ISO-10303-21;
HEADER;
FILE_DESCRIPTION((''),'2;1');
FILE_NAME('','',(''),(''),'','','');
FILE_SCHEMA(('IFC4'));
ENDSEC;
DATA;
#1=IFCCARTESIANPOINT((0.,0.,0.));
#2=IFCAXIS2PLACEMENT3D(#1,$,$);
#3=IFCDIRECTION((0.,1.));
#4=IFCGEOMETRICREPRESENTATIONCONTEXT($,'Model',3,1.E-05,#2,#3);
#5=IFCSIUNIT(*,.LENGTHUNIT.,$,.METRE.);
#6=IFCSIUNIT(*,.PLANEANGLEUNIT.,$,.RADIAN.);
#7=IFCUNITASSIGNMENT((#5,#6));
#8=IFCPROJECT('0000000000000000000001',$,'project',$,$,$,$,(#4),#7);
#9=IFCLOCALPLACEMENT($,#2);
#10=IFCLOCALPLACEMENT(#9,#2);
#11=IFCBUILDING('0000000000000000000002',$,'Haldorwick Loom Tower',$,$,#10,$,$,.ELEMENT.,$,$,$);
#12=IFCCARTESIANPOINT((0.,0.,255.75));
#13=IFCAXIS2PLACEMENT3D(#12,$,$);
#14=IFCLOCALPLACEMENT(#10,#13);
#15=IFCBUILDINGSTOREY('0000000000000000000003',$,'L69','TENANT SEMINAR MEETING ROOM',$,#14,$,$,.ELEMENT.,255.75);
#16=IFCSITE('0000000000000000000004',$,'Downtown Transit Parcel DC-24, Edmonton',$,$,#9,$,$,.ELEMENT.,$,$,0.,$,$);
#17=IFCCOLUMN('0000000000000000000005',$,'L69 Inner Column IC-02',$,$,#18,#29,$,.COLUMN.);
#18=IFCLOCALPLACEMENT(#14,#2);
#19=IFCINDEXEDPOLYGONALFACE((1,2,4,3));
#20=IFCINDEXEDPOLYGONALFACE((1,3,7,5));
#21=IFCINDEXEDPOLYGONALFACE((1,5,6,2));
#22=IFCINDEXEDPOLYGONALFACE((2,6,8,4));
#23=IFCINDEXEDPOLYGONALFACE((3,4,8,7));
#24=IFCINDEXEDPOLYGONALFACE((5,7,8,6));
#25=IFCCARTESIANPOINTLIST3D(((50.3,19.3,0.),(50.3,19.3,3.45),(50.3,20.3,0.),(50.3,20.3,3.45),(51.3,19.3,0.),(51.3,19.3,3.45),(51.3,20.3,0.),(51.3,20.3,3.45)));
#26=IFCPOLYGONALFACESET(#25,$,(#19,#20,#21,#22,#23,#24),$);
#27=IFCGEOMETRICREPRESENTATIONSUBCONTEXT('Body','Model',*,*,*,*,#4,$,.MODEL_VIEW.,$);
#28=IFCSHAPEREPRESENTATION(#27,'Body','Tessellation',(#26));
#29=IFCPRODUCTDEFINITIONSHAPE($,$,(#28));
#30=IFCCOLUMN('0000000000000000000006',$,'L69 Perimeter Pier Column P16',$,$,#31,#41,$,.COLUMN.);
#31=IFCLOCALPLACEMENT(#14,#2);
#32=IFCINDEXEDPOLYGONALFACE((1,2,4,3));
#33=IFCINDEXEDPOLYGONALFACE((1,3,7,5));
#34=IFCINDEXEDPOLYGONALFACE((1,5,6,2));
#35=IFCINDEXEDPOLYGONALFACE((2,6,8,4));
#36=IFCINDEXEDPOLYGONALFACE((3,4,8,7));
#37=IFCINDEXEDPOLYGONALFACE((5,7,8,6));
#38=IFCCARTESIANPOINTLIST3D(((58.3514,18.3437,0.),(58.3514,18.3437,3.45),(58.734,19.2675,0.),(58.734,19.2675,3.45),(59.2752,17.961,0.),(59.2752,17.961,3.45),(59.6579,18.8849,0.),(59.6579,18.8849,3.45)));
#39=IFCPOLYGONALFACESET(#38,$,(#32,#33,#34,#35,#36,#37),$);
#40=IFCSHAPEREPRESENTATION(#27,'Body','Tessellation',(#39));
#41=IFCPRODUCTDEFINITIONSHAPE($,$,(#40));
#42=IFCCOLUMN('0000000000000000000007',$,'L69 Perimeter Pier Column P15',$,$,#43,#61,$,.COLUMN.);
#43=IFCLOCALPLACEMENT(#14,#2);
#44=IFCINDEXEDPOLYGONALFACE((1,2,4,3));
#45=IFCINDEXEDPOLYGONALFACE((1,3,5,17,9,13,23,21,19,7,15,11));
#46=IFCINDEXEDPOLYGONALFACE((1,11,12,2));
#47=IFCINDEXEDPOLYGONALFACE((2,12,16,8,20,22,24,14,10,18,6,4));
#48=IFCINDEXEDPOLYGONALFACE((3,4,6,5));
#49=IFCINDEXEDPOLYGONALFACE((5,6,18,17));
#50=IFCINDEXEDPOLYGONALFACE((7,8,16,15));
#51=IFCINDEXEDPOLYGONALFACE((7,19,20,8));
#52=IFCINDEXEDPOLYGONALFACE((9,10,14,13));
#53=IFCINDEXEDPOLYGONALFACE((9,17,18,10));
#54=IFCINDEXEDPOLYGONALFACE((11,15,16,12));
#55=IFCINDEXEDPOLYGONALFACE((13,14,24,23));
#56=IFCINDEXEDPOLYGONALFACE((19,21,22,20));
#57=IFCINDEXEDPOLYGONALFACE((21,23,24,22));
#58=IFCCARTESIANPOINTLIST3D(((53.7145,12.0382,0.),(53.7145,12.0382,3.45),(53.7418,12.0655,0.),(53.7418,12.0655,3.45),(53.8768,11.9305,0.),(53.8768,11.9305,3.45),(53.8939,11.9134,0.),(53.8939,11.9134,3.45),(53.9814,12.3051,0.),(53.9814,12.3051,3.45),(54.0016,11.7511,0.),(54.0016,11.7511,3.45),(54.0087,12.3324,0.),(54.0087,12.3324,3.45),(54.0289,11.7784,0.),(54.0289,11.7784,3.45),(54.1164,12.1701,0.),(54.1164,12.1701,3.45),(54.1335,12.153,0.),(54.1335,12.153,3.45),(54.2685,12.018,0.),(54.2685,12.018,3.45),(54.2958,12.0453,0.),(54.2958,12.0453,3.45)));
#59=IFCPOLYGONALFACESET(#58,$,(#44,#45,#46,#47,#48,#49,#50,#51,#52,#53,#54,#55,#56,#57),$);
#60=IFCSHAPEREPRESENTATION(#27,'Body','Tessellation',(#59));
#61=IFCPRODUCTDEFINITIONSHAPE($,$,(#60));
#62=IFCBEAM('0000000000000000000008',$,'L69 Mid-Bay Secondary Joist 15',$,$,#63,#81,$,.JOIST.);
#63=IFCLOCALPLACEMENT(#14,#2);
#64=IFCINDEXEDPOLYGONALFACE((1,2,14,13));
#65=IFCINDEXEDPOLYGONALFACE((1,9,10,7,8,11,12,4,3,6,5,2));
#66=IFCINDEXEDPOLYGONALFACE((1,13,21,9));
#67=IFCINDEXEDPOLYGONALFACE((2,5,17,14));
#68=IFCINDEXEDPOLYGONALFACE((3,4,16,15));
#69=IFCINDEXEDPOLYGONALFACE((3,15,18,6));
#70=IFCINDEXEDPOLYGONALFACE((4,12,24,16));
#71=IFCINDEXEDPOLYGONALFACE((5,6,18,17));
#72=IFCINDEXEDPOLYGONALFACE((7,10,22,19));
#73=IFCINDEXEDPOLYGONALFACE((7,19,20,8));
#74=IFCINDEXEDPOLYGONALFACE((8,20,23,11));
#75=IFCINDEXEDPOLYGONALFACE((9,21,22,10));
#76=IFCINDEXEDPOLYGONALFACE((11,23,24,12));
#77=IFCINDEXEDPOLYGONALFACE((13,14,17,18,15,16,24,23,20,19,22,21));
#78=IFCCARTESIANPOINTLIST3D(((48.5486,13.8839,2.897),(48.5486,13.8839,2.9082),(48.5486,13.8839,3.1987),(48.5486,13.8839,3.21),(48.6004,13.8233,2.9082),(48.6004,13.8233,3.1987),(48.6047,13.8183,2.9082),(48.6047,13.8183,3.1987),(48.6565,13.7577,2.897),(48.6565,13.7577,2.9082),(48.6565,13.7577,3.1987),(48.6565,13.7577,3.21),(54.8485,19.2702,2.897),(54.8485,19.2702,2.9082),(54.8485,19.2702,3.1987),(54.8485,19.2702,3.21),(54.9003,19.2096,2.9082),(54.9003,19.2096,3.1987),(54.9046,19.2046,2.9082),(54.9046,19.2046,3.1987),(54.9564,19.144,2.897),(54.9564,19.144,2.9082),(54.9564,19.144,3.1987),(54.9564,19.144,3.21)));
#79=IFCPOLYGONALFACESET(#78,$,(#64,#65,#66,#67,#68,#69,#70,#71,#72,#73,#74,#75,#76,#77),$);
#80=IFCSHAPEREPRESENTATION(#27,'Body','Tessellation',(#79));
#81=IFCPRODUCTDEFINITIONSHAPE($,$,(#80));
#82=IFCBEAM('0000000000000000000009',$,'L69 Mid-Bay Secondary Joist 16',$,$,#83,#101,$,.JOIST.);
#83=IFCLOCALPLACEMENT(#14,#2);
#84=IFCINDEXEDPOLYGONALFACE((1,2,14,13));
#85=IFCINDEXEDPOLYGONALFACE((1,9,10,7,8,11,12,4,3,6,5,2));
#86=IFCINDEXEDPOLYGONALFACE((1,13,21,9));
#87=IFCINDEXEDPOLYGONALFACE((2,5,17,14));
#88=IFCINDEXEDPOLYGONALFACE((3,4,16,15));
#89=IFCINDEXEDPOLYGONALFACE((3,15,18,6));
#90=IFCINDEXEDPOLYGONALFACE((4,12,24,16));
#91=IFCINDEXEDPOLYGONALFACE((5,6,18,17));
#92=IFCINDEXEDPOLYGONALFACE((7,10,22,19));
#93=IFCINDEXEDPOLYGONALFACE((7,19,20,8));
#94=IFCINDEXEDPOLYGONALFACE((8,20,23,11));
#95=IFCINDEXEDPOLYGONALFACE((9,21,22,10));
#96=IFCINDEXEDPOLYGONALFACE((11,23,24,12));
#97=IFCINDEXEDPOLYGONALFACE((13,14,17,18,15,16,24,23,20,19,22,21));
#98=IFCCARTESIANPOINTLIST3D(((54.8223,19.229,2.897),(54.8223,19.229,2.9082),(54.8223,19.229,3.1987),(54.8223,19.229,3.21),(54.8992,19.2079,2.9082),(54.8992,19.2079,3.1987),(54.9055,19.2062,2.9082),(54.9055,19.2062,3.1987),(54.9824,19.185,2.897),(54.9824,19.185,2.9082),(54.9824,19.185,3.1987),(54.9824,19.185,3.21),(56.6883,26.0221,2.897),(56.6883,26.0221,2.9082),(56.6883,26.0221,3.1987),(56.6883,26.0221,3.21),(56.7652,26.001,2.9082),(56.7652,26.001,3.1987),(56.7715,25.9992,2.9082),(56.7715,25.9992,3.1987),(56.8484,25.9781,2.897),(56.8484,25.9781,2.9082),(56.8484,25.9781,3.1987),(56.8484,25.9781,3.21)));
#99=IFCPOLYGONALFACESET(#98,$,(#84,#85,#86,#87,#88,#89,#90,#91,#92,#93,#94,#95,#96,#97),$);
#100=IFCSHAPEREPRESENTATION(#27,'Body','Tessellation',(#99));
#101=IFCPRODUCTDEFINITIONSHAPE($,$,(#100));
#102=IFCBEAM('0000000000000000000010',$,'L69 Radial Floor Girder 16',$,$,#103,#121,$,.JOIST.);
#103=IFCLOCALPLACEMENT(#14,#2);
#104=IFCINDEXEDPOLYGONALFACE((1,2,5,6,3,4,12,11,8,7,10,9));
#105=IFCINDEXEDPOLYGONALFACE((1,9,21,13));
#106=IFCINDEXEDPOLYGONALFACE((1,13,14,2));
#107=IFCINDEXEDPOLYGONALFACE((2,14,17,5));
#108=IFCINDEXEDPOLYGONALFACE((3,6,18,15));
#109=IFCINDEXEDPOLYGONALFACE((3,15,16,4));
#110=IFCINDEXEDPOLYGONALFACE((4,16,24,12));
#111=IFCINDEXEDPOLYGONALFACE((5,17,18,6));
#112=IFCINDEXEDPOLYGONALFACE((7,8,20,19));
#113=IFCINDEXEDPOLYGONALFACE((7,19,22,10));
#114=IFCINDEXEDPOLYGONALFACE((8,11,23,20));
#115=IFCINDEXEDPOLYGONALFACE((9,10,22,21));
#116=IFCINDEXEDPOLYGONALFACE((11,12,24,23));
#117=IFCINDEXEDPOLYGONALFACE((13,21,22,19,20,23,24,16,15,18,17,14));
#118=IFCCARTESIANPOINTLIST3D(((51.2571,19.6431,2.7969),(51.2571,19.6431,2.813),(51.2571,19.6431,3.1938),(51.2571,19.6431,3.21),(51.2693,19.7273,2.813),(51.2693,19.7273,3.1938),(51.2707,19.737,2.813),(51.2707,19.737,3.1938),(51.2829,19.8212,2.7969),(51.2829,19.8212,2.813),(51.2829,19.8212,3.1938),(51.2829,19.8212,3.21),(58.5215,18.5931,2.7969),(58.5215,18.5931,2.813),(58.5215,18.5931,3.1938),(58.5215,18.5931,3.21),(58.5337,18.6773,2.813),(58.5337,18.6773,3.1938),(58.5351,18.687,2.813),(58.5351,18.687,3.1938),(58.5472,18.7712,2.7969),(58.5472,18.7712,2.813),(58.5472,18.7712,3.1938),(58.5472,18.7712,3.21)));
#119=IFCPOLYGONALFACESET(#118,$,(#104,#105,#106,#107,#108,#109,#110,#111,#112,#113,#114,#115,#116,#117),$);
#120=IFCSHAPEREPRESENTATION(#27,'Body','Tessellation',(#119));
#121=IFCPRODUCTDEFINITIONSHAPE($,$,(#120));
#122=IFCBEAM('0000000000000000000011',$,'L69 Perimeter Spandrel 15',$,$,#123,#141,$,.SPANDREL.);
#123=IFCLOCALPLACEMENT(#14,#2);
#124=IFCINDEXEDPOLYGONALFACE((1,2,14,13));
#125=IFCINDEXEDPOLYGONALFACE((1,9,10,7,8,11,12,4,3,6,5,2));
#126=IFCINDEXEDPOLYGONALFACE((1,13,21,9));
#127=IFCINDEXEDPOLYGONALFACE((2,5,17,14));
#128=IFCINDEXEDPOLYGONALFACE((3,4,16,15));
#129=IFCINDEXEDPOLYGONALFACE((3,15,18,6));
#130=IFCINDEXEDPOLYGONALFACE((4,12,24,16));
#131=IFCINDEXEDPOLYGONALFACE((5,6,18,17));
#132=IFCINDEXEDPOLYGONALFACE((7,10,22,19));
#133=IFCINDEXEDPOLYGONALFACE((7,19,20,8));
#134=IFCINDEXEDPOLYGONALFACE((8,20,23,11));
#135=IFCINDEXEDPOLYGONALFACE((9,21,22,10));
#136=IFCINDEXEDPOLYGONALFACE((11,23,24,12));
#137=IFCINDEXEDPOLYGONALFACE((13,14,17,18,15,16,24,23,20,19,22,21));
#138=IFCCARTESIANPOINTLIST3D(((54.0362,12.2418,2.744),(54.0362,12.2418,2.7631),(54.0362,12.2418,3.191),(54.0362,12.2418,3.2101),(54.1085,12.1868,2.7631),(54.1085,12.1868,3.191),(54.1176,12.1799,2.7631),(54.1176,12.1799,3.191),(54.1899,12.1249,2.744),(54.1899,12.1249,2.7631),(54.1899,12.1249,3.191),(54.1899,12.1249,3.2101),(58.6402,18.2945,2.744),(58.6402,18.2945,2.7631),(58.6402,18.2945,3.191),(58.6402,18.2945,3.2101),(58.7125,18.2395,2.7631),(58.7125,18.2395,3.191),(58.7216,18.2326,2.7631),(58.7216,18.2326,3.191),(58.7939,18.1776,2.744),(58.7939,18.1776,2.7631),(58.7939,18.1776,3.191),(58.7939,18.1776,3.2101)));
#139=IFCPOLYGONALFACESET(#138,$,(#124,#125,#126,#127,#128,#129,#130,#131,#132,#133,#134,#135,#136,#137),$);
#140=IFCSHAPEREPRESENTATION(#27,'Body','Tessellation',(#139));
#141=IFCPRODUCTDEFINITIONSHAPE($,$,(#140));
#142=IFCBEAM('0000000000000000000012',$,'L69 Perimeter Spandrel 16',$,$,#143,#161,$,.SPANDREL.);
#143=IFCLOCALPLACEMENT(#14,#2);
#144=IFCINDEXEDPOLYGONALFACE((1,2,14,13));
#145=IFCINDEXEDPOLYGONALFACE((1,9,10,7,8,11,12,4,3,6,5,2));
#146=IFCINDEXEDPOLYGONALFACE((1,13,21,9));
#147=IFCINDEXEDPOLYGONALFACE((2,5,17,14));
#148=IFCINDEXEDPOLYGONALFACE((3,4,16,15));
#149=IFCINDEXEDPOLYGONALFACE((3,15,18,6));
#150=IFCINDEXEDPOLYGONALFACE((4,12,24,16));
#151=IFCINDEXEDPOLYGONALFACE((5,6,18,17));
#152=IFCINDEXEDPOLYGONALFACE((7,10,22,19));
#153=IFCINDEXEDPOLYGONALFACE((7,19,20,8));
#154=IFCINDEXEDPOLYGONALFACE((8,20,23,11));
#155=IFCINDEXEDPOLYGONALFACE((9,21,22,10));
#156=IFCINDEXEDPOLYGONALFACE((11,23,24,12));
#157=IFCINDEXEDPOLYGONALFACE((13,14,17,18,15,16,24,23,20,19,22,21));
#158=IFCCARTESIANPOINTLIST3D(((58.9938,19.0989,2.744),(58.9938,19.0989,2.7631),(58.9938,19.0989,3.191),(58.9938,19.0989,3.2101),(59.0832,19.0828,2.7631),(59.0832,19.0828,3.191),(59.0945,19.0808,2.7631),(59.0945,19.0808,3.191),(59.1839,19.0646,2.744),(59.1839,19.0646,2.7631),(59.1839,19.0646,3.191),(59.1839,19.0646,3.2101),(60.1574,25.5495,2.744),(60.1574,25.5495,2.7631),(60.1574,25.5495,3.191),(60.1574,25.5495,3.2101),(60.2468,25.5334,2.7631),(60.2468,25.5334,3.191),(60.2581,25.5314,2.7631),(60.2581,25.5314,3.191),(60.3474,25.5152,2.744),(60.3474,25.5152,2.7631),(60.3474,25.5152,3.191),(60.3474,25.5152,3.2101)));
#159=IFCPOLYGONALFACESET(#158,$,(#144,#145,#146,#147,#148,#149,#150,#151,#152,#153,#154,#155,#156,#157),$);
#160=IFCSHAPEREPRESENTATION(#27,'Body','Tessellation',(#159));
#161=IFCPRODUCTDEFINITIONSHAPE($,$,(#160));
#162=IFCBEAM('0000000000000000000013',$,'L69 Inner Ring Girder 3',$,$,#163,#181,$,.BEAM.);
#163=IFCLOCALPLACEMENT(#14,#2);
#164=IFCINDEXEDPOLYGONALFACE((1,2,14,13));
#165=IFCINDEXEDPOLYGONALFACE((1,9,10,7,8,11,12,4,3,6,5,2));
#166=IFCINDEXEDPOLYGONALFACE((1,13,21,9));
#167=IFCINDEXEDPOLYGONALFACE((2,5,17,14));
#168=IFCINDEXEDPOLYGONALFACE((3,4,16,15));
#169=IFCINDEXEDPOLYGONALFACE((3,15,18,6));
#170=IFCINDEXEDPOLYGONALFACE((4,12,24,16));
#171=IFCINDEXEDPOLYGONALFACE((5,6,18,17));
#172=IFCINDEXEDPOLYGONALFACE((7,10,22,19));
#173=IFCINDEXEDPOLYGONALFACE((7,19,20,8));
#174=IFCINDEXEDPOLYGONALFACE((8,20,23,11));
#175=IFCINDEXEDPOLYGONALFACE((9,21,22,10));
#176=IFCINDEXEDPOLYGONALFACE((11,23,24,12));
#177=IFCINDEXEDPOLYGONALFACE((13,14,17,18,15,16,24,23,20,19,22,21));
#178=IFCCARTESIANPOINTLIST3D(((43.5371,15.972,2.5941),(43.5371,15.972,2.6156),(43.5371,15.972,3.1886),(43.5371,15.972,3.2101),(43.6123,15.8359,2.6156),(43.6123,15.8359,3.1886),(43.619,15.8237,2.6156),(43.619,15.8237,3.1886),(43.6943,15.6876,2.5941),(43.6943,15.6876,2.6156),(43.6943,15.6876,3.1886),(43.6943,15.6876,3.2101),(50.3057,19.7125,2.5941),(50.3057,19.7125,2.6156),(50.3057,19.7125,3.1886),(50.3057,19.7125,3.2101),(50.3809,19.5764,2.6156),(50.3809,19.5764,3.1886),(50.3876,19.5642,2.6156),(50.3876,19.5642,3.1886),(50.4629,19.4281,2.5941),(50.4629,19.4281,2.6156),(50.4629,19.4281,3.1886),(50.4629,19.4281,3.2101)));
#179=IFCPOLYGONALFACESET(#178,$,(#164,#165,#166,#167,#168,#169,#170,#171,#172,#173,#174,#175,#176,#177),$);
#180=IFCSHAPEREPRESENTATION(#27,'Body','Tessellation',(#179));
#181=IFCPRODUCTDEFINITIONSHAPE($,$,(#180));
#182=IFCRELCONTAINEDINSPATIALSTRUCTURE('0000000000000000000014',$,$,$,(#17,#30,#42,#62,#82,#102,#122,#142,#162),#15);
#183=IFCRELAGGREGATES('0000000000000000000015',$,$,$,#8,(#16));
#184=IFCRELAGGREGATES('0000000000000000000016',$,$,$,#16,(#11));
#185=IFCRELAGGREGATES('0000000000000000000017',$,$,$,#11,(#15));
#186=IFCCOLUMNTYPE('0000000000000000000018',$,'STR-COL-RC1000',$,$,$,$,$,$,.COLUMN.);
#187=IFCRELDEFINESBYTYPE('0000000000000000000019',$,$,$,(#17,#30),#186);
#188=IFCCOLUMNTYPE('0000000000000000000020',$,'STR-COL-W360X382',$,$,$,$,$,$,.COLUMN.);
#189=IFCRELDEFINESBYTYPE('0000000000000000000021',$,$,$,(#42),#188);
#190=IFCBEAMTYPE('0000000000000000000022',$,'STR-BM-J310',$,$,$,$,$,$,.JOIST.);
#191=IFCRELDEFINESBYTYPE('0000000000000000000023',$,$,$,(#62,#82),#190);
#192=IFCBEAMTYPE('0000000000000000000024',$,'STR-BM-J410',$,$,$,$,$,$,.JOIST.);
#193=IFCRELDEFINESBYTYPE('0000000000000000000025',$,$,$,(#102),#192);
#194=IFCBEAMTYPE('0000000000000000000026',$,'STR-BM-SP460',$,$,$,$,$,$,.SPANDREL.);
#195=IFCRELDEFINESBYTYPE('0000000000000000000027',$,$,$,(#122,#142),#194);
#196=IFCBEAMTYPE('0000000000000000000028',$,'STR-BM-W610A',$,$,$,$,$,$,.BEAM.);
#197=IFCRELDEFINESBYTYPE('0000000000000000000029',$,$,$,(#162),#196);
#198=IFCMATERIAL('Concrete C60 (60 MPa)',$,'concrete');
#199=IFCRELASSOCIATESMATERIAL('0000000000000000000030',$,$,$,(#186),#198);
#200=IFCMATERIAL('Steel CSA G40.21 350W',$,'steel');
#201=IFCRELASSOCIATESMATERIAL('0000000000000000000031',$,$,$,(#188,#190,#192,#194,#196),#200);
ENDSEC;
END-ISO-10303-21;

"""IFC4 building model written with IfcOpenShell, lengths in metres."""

from ifc_helpers import new_model, si_unit, direction, frame, origin, origin_2d, place, context, subcontext, project, spatial, rectangle, i_section, extrude, material, material_profile, profile_set, type_object, element, save


model = new_model("IFC4")

# Units and contexts
model_context = context("Model", 3, precision=1e-05, world=origin(), true_north=direction((0.0, 1.0)))
body_context = subcontext(model_context, "Body", "Model", "MODEL_VIEW")
ifc_project = project(units=[si_unit("LENGTHUNIT", "METRE"), si_unit("PLANEANGLEUNIT", "RADIAN")], contexts=[model_context])

# Site, building, storey
site_placement = place(None, origin())
site = spatial("IfcSite", under=ifc_project, at=site_placement, Name="Downtown Transit Parcel DC-24, Edmonton", CompositionType="ELEMENT", RefElevation=0.0)
building_placement = place(site_placement, origin())
building = spatial("IfcBuilding", under=site, at=building_placement, Name="Haldorwick Loom Tower", CompositionType="ELEMENT")
storey_placement = place(building_placement, frame((0.0, 0.0, 255.75)))
storey = spatial("IfcBuildingStorey", under=building, at=storey_placement, Name="L69", Description="TENANT SEMINAR MEETING ROOM", CompositionType="ELEMENT", Elevation=255.75)

# Columns
ifc_material_1 = material(Name="Concrete C60 (60 MPa)", Category="concrete")
ifc_material_profile_1 = material_profile(ifc_material_1, rectangle(XDim=1.0, YDim=1.0, at=origin_2d()), Name="RC1000X1000", Category="concrete")
ifc_profile_set_1 = profile_set([ifc_material_profile_1], Name="Concrete C60 (60 MPa)")
column_type_1 = type_object("IfcColumnType", Name="STR-COL-RC1000", PredefinedType="COLUMN", material=ifc_profile_set_1)
for number, where, z_axis, x_axis, name in (
    (1, (50.8, 19.8, 0.0), (0.0, 0.0, 1.0), (1.0, 0.0, 0.0), "L69 Inner Column IC-02"),
    (2, (59.0046, 18.6143, 0.0), (0.0, 0.0, 1.0), (0.92388, -0.382683, 0.0), "L69 Perimeter Pier Column P16"),
):
    element("IfcColumn", number, at=place(storey_placement, frame(where, z_axis=z_axis, x_axis=x_axis)), inside=storey, type_object=column_type_1, Name=name, PredefinedType="COLUMN", context=body_context, shape_type="SweptSolid", body=[
        extrude(rectangle(XDim=1.0, YDim=1.0, at=origin_2d()), origin(), (0.0, 0.0, 1.0), 3.45),
    ])
ifc_material_2 = material(Name="Steel CSA G40.21 350W", Category="steel")
ifc_material_profile_2 = material_profile(ifc_material_2, i_section(OverallWidth=0.406, OverallDepth=0.416, WebThickness=0.0242, FlangeThickness=0.0386, at=origin_2d()), Name="W360X382", Category="steel")
ifc_profile_set_2 = profile_set([ifc_material_profile_2], Name="Steel CSA G40.21 350W")
column_type_2 = type_object("IfcColumnType", Name="STR-COL-W360X382", PredefinedType="COLUMN", material=ifc_profile_set_2)
column_placement = place(storey_placement, frame((54.0051, 12.0417, 0.0), z_axis=(0.0, 0.0, 1.0), x_axis=(0.707107, -0.707107, 0.0)))
element("IfcColumn", 3, at=column_placement, inside=storey, type_object=column_type_2, Name="L69 Perimeter Pier Column P15", PredefinedType="COLUMN", context=body_context, shape_type="SweptSolid", body=[
    extrude(i_section(OverallWidth=0.406, OverallDepth=0.416, WebThickness=0.0242, FlangeThickness=0.0386, at=origin_2d()), origin(), (0.0, 0.0, 1.0), 3.45),
])

# Beams
ifc_material_profile_3 = material_profile(ifc_material_2, i_section(OverallWidth=0.166, OverallDepth=0.313, WebThickness=0.0066, FlangeThickness=0.0112, at=origin_2d()), Name="W310X45", Category="steel")
ifc_profile_set_3 = profile_set([ifc_material_profile_3], Name="Steel CSA G40.21 350W")
beam_type_1 = type_object("IfcBeamType", Name="STR-BM-J310", PredefinedType="JOIST", material=ifc_profile_set_3)
beam_1_placement = place(storey_placement, frame((48.6025, 13.8208, 3.0535), z_axis=(0.760067, 0.649845, 0.0), x_axis=(-0.649845, 0.760067, 0.0)))
element("IfcBeam", 4, at=beam_1_placement, inside=storey, type_object=beam_type_1, Name="L69 Mid-Bay Secondary Joist 15", PredefinedType="JOIST", context=body_context, shape_type="SweptSolid", body=[
    extrude(i_section(OverallWidth=0.166, OverallDepth=0.313, WebThickness=0.0066, FlangeThickness=0.0112, at=origin_2d()), origin(), (0.0, 0.0, 1.0), 8.2886),
])
beam_2_placement = place(storey_placement, frame((54.9023, 19.207, 3.0535), z_axis=(0.264879, 0.964282, 0.0), x_axis=(-0.964282, 0.264879, 0.0)))
element("IfcBeam", 5, at=beam_2_placement, inside=storey, type_object=beam_type_1, Name="L69 Mid-Bay Secondary Joist 16", PredefinedType="JOIST", context=body_context, shape_type="SweptSolid", body=[
    extrude(i_section(OverallWidth=0.166, OverallDepth=0.313, WebThickness=0.0066, FlangeThickness=0.0112, at=origin_2d()), origin(), (0.0, 0.0, 1.0), 7.0447),
])
ifc_material_profile_4 = material_profile(ifc_material_2, i_section(OverallWidth=0.1799, OverallDepth=0.4131, WebThickness=0.0098, FlangeThickness=0.0161, at=origin_2d()), Name="W410X74", Category="steel")
ifc_profile_set_4 = profile_set([ifc_material_profile_4], Name="Steel CSA G40.21 350W")
beam_type_2 = type_object("IfcBeamType", Name="STR-BM-J410", PredefinedType="JOIST", material=ifc_profile_set_4)
beam_3_placement = place(storey_placement, frame((51.27, 19.7322, 3.0034), z_axis=(0.989714, -0.14306, 0.0), x_axis=(0.14306, 0.989714, 0.0)))
element("IfcBeam", 6, at=beam_3_placement, inside=storey, type_object=beam_type_2, Name="L69 Radial Floor Girder 16", PredefinedType="JOIST", context=body_context, shape_type="SweptSolid", body=[
    extrude(i_section(OverallWidth=0.1799, OverallDepth=0.4131, WebThickness=0.0098, FlangeThickness=0.0161, at=origin_2d()), origin(), (0.0, 0.0, 1.0), 7.3398),
])
ifc_material_profile_5 = material_profile(ifc_material_2, i_section(OverallWidth=0.1931, OverallDepth=0.4661, WebThickness=0.0115, FlangeThickness=0.019, at=origin_2d()), Name="W460X97", Category="steel")
ifc_profile_set_5 = profile_set([ifc_material_profile_5], Name="Steel CSA G40.21 350W")
beam_type_3 = type_object("IfcBeamType", Name="STR-BM-SP460", PredefinedType="SPANDREL", material=ifc_profile_set_5)
beam_4_placement = place(storey_placement, frame((54.113, 12.1833, 2.9771), z_axis=(0.60541, 0.795913, 0.0), x_axis=(-0.795913, 0.60541, 0.0)))
element("IfcBeam", 7, at=beam_4_placement, inside=storey, type_object=beam_type_3, Name="L69 Perimeter Spandrel 15", PredefinedType="SPANDREL", context=body_context, shape_type="SweptSolid", body=[
    extrude(i_section(OverallWidth=0.1931, OverallDepth=0.4661, WebThickness=0.0115, FlangeThickness=0.019, at=origin_2d()), origin(), (0.0, 0.0, 1.0), 7.6047),
])
beam_5_placement = place(storey_placement, frame((59.0889, 19.0818, 2.9771), z_axis=(0.177515, 0.984118, 0.0), x_axis=(-0.984118, 0.177515, 0.0)))
element("IfcBeam", 8, at=beam_5_placement, inside=storey, type_object=beam_type_3, Name="L69 Perimeter Spandrel 16", PredefinedType="SPANDREL", context=body_context, shape_type="SweptSolid", body=[
    extrude(i_section(OverallWidth=0.1931, OverallDepth=0.4661, WebThickness=0.0115, FlangeThickness=0.019, at=origin_2d()), origin(), (0.0, 0.0, 1.0), 6.5547),
])
ifc_material_profile_6 = material_profile(ifc_material_2, i_section(OverallWidth=0.325, OverallDepth=0.616, WebThickness=0.0139, FlangeThickness=0.0215, at=origin_2d()), Name="W610X174", Category="steel")
ifc_profile_set_6 = profile_set([ifc_material_profile_6], Name="Steel CSA G40.21 350W")
beam_type_4 = type_object("IfcBeamType", Name="STR-BM-W610A", PredefinedType="BEAM", material=ifc_profile_set_6)
beam_6_placement = place(storey_placement, frame((50.3843, 19.5703, 2.9021), z_axis=(-0.875244, -0.483682, 0.0), x_axis=(0.483682, -0.875244, 0.0)))
element("IfcBeam", 9, at=beam_6_placement, inside=storey, type_object=beam_type_4, Name="L69 Inner Ring Girder 3", PredefinedType="BEAM", context=body_context, shape_type="SweptSolid", body=[
    extrude(i_section(OverallWidth=0.325, OverallDepth=0.616, WebThickness=0.0139, FlangeThickness=0.0215, at=origin_2d()), origin(), (0.0, 0.0, 1.0), 7.7334),
])

save(model, "model.ifc")
